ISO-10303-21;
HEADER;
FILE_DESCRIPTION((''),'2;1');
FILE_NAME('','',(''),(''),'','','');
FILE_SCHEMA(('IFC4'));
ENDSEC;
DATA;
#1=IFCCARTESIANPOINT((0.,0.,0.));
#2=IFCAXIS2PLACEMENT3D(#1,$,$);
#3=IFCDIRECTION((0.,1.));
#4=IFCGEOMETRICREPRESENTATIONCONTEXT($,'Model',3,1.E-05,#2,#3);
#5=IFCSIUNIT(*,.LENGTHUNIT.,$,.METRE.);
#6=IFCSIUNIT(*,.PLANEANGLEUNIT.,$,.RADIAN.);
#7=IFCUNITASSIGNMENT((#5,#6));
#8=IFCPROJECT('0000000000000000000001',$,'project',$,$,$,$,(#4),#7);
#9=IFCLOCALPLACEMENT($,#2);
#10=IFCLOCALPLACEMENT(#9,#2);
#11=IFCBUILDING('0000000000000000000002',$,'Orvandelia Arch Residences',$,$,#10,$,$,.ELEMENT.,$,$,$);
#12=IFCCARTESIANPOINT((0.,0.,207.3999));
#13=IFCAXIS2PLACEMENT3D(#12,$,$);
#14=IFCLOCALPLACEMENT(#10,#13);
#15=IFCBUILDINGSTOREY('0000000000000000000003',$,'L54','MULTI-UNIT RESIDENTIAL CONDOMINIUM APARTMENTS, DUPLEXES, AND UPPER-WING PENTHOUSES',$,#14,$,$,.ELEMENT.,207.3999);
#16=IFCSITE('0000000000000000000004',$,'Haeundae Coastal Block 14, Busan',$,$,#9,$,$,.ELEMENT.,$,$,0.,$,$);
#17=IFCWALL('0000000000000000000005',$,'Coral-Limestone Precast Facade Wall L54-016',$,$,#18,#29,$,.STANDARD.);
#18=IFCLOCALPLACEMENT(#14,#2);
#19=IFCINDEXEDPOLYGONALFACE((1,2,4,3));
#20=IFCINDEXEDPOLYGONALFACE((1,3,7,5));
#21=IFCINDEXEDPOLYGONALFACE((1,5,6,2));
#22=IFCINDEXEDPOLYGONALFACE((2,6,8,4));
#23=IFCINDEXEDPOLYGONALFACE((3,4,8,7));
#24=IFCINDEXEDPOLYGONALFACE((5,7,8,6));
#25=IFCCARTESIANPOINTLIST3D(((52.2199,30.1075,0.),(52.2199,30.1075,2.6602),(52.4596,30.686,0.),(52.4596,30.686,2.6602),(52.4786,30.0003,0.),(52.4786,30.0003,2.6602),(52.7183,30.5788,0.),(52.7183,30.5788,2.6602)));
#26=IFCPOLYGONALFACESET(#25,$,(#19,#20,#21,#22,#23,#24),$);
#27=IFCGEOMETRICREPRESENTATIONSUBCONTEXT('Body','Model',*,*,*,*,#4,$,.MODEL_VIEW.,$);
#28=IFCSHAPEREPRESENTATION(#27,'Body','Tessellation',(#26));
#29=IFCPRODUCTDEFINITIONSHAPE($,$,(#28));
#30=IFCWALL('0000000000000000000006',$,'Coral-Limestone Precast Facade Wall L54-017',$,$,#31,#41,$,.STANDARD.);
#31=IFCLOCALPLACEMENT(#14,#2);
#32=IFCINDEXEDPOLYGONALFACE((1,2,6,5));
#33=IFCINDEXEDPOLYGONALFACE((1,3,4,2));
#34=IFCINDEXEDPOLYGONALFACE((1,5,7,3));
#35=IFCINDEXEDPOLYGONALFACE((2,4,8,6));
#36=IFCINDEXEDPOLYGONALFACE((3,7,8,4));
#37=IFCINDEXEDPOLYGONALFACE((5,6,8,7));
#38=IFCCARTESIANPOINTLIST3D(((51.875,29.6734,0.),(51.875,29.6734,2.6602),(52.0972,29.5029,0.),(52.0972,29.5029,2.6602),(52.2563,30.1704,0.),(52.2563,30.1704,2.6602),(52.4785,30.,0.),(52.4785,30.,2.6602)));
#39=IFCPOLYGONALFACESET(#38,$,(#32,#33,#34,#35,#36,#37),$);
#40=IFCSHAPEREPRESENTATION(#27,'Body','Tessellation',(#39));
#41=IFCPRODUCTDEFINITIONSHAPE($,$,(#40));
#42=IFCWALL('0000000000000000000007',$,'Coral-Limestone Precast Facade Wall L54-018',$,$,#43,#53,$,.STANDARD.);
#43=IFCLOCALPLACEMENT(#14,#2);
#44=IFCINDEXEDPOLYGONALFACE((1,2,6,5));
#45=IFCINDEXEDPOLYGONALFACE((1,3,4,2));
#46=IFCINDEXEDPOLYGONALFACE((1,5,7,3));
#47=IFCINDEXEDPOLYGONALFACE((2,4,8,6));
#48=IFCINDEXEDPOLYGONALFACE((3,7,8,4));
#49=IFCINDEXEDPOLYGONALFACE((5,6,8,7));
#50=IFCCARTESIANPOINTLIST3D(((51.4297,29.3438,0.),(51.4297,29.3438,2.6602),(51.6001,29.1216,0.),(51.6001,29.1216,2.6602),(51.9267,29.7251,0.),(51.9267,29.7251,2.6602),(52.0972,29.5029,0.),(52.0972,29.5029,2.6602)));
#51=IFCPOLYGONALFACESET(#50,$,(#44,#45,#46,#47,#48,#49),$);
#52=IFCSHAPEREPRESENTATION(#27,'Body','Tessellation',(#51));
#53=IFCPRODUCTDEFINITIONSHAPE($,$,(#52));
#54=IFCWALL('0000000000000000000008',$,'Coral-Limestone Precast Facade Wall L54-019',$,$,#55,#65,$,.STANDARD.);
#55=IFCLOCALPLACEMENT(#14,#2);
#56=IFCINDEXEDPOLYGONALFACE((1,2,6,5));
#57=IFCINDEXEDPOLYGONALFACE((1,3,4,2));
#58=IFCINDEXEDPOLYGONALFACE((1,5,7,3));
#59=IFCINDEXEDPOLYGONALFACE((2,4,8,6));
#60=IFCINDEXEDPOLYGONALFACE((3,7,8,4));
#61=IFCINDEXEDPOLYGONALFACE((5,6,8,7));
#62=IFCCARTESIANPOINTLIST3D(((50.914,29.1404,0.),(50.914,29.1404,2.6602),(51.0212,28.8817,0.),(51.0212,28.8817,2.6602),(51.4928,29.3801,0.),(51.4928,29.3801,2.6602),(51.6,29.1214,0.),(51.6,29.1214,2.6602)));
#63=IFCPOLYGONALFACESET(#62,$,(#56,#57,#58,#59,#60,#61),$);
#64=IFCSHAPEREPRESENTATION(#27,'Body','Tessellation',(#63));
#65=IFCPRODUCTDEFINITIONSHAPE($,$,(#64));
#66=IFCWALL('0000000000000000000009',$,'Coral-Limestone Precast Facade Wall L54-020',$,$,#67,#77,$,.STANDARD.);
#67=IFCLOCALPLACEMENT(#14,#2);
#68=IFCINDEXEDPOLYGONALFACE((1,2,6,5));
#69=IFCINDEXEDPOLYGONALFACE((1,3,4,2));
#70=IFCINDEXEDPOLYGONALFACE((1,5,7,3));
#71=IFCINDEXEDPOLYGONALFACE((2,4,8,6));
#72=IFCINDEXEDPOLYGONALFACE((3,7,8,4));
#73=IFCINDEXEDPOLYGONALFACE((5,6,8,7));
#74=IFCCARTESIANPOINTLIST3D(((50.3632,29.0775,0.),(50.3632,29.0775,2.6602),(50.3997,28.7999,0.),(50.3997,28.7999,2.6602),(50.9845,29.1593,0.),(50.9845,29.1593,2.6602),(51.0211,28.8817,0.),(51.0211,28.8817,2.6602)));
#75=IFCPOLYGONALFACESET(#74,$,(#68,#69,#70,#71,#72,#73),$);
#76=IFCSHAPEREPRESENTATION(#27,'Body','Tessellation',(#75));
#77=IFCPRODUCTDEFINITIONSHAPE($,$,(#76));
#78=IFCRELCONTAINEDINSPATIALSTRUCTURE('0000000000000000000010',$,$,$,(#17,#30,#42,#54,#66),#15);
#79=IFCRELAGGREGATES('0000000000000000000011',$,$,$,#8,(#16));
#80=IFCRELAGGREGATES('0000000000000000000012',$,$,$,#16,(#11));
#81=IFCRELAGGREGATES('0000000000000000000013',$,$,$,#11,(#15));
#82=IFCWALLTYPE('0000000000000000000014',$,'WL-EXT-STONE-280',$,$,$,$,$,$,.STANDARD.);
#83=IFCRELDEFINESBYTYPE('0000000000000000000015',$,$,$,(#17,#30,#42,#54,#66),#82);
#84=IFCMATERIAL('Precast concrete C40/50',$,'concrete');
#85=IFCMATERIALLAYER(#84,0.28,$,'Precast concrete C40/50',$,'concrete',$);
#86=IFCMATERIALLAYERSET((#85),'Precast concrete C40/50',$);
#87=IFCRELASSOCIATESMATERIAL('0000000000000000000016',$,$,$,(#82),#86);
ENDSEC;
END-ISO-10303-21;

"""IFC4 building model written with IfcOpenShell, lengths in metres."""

from ifc_helpers import new_model, si_unit, direction, frame, frame_2d, origin, place, context, subcontext, project, spatial, rectangle, extrude, material, layer, layer_set, type_object, element, save


model = new_model("IFC4")

# Units and contexts
model_context = context("Model", 3, precision=1e-05, world=origin(), true_north=direction((0.0, 1.0)))
body_context = subcontext(model_context, "Body", "Model", "MODEL_VIEW")
ifc_project = project(units=[si_unit("LENGTHUNIT", "METRE"), si_unit("PLANEANGLEUNIT", "RADIAN")], contexts=[model_context])

# Site, building, storey
site_placement = place(None, origin())
site = spatial("IfcSite", under=ifc_project, at=site_placement, Name="Haeundae Coastal Block 14, Busan", CompositionType="ELEMENT", RefElevation=0.0)
building_placement = place(site_placement, origin())
building = spatial("IfcBuilding", under=site, at=building_placement, Name="Orvandelia Arch Residences", CompositionType="ELEMENT")
storey_placement = place(building_placement, frame((0.0, 0.0, 207.3999)))
storey = spatial("IfcBuildingStorey", under=building, at=storey_placement, Name="L54", Description="MULTI-UNIT RESIDENTIAL CONDOMINIUM APARTMENTS, DUPLEXES, AND UPPER-WING PENTHOUSES", CompositionType="ELEMENT", Elevation=207.3999)

# Walls
ifc_material_1 = material(Name="Precast concrete C40/50", Category="concrete")
ifc_layer_1 = layer(ifc_material_1, 0.28, Name="Precast concrete C40/50", Category="concrete")
ifc_layer_set_1 = layer_set([ifc_layer_1], Name="Precast concrete C40/50")
wall_type_1 = type_object("IfcWallType", Name="WL-EXT-STONE-280", PredefinedType="STANDARD", material=ifc_layer_set_1)
wall_1_placement = place(storey_placement, frame((52.5889, 30.6323, 0.0), z_axis=(0.0, 0.0, 1.0), x_axis=(-0.382788, -0.923836, 0.0)))
element("IfcWall", 1, at=wall_1_placement, inside=storey, type_object=wall_type_1, Name="Coral-Limestone Precast Facade Wall L54-016", PredefinedType="STANDARD", context=body_context, shape_type="SweptSolid", body=[
    extrude(rectangle(XDim=0.6262, YDim=0.28, at=frame_2d((0.313, 0.0))), origin(), (0.0, 0.0, 1.0), 2.6602),
])
for number, where, z_axis, x_axis, name in (
    (2, (52.3674, 30.0852, 0.0), (0.0, 0.0, 1.0), (-0.608693, -0.793406, 0.0), "Coral-Limestone Precast Facade Wall L54-017"),
    (3, (52.012, 29.614, 0.0), (0.0, 0.0, 1.0), (-0.793406, -0.608693, 0.0), "Coral-Limestone Precast Facade Wall L54-018"),
    (4, (51.5464, 29.2507, 0.0), (0.0, 0.0, 1.0), (-0.923893, -0.38265, 0.0), "Coral-Limestone Precast Facade Wall L54-019"),
):
    element("IfcWall", number, at=place(storey_placement, frame(where, z_axis=z_axis, x_axis=x_axis)), inside=storey, type_object=wall_type_1, Name=name, PredefinedType="STANDARD", context=body_context, shape_type="SweptSolid", body=[
        extrude(rectangle(XDim=0.6265, YDim=0.28, at=frame_2d((0.3132, 0.0))), origin(), (0.0, 0.0, 1.0), 2.6602),
    ])
wall_2_placement = place(storey_placement, frame((51.0029, 29.0205, 0.0), z_axis=(0.0, 0.0, 1.0), x_axis=(-0.991448, -0.130505, 0.0)))
element("IfcWall", 5, at=wall_2_placement, inside=storey, type_object=wall_type_1, Name="Coral-Limestone Precast Facade Wall L54-020", PredefinedType="STANDARD", context=body_context, shape_type="SweptSolid", body=[
    extrude(rectangle(XDim=0.6267, YDim=0.28, at=frame_2d((0.3135, 0.0))), origin(), (0.0, 0.0, 1.0), 2.6602),
])

save(model, "model.ifc")
